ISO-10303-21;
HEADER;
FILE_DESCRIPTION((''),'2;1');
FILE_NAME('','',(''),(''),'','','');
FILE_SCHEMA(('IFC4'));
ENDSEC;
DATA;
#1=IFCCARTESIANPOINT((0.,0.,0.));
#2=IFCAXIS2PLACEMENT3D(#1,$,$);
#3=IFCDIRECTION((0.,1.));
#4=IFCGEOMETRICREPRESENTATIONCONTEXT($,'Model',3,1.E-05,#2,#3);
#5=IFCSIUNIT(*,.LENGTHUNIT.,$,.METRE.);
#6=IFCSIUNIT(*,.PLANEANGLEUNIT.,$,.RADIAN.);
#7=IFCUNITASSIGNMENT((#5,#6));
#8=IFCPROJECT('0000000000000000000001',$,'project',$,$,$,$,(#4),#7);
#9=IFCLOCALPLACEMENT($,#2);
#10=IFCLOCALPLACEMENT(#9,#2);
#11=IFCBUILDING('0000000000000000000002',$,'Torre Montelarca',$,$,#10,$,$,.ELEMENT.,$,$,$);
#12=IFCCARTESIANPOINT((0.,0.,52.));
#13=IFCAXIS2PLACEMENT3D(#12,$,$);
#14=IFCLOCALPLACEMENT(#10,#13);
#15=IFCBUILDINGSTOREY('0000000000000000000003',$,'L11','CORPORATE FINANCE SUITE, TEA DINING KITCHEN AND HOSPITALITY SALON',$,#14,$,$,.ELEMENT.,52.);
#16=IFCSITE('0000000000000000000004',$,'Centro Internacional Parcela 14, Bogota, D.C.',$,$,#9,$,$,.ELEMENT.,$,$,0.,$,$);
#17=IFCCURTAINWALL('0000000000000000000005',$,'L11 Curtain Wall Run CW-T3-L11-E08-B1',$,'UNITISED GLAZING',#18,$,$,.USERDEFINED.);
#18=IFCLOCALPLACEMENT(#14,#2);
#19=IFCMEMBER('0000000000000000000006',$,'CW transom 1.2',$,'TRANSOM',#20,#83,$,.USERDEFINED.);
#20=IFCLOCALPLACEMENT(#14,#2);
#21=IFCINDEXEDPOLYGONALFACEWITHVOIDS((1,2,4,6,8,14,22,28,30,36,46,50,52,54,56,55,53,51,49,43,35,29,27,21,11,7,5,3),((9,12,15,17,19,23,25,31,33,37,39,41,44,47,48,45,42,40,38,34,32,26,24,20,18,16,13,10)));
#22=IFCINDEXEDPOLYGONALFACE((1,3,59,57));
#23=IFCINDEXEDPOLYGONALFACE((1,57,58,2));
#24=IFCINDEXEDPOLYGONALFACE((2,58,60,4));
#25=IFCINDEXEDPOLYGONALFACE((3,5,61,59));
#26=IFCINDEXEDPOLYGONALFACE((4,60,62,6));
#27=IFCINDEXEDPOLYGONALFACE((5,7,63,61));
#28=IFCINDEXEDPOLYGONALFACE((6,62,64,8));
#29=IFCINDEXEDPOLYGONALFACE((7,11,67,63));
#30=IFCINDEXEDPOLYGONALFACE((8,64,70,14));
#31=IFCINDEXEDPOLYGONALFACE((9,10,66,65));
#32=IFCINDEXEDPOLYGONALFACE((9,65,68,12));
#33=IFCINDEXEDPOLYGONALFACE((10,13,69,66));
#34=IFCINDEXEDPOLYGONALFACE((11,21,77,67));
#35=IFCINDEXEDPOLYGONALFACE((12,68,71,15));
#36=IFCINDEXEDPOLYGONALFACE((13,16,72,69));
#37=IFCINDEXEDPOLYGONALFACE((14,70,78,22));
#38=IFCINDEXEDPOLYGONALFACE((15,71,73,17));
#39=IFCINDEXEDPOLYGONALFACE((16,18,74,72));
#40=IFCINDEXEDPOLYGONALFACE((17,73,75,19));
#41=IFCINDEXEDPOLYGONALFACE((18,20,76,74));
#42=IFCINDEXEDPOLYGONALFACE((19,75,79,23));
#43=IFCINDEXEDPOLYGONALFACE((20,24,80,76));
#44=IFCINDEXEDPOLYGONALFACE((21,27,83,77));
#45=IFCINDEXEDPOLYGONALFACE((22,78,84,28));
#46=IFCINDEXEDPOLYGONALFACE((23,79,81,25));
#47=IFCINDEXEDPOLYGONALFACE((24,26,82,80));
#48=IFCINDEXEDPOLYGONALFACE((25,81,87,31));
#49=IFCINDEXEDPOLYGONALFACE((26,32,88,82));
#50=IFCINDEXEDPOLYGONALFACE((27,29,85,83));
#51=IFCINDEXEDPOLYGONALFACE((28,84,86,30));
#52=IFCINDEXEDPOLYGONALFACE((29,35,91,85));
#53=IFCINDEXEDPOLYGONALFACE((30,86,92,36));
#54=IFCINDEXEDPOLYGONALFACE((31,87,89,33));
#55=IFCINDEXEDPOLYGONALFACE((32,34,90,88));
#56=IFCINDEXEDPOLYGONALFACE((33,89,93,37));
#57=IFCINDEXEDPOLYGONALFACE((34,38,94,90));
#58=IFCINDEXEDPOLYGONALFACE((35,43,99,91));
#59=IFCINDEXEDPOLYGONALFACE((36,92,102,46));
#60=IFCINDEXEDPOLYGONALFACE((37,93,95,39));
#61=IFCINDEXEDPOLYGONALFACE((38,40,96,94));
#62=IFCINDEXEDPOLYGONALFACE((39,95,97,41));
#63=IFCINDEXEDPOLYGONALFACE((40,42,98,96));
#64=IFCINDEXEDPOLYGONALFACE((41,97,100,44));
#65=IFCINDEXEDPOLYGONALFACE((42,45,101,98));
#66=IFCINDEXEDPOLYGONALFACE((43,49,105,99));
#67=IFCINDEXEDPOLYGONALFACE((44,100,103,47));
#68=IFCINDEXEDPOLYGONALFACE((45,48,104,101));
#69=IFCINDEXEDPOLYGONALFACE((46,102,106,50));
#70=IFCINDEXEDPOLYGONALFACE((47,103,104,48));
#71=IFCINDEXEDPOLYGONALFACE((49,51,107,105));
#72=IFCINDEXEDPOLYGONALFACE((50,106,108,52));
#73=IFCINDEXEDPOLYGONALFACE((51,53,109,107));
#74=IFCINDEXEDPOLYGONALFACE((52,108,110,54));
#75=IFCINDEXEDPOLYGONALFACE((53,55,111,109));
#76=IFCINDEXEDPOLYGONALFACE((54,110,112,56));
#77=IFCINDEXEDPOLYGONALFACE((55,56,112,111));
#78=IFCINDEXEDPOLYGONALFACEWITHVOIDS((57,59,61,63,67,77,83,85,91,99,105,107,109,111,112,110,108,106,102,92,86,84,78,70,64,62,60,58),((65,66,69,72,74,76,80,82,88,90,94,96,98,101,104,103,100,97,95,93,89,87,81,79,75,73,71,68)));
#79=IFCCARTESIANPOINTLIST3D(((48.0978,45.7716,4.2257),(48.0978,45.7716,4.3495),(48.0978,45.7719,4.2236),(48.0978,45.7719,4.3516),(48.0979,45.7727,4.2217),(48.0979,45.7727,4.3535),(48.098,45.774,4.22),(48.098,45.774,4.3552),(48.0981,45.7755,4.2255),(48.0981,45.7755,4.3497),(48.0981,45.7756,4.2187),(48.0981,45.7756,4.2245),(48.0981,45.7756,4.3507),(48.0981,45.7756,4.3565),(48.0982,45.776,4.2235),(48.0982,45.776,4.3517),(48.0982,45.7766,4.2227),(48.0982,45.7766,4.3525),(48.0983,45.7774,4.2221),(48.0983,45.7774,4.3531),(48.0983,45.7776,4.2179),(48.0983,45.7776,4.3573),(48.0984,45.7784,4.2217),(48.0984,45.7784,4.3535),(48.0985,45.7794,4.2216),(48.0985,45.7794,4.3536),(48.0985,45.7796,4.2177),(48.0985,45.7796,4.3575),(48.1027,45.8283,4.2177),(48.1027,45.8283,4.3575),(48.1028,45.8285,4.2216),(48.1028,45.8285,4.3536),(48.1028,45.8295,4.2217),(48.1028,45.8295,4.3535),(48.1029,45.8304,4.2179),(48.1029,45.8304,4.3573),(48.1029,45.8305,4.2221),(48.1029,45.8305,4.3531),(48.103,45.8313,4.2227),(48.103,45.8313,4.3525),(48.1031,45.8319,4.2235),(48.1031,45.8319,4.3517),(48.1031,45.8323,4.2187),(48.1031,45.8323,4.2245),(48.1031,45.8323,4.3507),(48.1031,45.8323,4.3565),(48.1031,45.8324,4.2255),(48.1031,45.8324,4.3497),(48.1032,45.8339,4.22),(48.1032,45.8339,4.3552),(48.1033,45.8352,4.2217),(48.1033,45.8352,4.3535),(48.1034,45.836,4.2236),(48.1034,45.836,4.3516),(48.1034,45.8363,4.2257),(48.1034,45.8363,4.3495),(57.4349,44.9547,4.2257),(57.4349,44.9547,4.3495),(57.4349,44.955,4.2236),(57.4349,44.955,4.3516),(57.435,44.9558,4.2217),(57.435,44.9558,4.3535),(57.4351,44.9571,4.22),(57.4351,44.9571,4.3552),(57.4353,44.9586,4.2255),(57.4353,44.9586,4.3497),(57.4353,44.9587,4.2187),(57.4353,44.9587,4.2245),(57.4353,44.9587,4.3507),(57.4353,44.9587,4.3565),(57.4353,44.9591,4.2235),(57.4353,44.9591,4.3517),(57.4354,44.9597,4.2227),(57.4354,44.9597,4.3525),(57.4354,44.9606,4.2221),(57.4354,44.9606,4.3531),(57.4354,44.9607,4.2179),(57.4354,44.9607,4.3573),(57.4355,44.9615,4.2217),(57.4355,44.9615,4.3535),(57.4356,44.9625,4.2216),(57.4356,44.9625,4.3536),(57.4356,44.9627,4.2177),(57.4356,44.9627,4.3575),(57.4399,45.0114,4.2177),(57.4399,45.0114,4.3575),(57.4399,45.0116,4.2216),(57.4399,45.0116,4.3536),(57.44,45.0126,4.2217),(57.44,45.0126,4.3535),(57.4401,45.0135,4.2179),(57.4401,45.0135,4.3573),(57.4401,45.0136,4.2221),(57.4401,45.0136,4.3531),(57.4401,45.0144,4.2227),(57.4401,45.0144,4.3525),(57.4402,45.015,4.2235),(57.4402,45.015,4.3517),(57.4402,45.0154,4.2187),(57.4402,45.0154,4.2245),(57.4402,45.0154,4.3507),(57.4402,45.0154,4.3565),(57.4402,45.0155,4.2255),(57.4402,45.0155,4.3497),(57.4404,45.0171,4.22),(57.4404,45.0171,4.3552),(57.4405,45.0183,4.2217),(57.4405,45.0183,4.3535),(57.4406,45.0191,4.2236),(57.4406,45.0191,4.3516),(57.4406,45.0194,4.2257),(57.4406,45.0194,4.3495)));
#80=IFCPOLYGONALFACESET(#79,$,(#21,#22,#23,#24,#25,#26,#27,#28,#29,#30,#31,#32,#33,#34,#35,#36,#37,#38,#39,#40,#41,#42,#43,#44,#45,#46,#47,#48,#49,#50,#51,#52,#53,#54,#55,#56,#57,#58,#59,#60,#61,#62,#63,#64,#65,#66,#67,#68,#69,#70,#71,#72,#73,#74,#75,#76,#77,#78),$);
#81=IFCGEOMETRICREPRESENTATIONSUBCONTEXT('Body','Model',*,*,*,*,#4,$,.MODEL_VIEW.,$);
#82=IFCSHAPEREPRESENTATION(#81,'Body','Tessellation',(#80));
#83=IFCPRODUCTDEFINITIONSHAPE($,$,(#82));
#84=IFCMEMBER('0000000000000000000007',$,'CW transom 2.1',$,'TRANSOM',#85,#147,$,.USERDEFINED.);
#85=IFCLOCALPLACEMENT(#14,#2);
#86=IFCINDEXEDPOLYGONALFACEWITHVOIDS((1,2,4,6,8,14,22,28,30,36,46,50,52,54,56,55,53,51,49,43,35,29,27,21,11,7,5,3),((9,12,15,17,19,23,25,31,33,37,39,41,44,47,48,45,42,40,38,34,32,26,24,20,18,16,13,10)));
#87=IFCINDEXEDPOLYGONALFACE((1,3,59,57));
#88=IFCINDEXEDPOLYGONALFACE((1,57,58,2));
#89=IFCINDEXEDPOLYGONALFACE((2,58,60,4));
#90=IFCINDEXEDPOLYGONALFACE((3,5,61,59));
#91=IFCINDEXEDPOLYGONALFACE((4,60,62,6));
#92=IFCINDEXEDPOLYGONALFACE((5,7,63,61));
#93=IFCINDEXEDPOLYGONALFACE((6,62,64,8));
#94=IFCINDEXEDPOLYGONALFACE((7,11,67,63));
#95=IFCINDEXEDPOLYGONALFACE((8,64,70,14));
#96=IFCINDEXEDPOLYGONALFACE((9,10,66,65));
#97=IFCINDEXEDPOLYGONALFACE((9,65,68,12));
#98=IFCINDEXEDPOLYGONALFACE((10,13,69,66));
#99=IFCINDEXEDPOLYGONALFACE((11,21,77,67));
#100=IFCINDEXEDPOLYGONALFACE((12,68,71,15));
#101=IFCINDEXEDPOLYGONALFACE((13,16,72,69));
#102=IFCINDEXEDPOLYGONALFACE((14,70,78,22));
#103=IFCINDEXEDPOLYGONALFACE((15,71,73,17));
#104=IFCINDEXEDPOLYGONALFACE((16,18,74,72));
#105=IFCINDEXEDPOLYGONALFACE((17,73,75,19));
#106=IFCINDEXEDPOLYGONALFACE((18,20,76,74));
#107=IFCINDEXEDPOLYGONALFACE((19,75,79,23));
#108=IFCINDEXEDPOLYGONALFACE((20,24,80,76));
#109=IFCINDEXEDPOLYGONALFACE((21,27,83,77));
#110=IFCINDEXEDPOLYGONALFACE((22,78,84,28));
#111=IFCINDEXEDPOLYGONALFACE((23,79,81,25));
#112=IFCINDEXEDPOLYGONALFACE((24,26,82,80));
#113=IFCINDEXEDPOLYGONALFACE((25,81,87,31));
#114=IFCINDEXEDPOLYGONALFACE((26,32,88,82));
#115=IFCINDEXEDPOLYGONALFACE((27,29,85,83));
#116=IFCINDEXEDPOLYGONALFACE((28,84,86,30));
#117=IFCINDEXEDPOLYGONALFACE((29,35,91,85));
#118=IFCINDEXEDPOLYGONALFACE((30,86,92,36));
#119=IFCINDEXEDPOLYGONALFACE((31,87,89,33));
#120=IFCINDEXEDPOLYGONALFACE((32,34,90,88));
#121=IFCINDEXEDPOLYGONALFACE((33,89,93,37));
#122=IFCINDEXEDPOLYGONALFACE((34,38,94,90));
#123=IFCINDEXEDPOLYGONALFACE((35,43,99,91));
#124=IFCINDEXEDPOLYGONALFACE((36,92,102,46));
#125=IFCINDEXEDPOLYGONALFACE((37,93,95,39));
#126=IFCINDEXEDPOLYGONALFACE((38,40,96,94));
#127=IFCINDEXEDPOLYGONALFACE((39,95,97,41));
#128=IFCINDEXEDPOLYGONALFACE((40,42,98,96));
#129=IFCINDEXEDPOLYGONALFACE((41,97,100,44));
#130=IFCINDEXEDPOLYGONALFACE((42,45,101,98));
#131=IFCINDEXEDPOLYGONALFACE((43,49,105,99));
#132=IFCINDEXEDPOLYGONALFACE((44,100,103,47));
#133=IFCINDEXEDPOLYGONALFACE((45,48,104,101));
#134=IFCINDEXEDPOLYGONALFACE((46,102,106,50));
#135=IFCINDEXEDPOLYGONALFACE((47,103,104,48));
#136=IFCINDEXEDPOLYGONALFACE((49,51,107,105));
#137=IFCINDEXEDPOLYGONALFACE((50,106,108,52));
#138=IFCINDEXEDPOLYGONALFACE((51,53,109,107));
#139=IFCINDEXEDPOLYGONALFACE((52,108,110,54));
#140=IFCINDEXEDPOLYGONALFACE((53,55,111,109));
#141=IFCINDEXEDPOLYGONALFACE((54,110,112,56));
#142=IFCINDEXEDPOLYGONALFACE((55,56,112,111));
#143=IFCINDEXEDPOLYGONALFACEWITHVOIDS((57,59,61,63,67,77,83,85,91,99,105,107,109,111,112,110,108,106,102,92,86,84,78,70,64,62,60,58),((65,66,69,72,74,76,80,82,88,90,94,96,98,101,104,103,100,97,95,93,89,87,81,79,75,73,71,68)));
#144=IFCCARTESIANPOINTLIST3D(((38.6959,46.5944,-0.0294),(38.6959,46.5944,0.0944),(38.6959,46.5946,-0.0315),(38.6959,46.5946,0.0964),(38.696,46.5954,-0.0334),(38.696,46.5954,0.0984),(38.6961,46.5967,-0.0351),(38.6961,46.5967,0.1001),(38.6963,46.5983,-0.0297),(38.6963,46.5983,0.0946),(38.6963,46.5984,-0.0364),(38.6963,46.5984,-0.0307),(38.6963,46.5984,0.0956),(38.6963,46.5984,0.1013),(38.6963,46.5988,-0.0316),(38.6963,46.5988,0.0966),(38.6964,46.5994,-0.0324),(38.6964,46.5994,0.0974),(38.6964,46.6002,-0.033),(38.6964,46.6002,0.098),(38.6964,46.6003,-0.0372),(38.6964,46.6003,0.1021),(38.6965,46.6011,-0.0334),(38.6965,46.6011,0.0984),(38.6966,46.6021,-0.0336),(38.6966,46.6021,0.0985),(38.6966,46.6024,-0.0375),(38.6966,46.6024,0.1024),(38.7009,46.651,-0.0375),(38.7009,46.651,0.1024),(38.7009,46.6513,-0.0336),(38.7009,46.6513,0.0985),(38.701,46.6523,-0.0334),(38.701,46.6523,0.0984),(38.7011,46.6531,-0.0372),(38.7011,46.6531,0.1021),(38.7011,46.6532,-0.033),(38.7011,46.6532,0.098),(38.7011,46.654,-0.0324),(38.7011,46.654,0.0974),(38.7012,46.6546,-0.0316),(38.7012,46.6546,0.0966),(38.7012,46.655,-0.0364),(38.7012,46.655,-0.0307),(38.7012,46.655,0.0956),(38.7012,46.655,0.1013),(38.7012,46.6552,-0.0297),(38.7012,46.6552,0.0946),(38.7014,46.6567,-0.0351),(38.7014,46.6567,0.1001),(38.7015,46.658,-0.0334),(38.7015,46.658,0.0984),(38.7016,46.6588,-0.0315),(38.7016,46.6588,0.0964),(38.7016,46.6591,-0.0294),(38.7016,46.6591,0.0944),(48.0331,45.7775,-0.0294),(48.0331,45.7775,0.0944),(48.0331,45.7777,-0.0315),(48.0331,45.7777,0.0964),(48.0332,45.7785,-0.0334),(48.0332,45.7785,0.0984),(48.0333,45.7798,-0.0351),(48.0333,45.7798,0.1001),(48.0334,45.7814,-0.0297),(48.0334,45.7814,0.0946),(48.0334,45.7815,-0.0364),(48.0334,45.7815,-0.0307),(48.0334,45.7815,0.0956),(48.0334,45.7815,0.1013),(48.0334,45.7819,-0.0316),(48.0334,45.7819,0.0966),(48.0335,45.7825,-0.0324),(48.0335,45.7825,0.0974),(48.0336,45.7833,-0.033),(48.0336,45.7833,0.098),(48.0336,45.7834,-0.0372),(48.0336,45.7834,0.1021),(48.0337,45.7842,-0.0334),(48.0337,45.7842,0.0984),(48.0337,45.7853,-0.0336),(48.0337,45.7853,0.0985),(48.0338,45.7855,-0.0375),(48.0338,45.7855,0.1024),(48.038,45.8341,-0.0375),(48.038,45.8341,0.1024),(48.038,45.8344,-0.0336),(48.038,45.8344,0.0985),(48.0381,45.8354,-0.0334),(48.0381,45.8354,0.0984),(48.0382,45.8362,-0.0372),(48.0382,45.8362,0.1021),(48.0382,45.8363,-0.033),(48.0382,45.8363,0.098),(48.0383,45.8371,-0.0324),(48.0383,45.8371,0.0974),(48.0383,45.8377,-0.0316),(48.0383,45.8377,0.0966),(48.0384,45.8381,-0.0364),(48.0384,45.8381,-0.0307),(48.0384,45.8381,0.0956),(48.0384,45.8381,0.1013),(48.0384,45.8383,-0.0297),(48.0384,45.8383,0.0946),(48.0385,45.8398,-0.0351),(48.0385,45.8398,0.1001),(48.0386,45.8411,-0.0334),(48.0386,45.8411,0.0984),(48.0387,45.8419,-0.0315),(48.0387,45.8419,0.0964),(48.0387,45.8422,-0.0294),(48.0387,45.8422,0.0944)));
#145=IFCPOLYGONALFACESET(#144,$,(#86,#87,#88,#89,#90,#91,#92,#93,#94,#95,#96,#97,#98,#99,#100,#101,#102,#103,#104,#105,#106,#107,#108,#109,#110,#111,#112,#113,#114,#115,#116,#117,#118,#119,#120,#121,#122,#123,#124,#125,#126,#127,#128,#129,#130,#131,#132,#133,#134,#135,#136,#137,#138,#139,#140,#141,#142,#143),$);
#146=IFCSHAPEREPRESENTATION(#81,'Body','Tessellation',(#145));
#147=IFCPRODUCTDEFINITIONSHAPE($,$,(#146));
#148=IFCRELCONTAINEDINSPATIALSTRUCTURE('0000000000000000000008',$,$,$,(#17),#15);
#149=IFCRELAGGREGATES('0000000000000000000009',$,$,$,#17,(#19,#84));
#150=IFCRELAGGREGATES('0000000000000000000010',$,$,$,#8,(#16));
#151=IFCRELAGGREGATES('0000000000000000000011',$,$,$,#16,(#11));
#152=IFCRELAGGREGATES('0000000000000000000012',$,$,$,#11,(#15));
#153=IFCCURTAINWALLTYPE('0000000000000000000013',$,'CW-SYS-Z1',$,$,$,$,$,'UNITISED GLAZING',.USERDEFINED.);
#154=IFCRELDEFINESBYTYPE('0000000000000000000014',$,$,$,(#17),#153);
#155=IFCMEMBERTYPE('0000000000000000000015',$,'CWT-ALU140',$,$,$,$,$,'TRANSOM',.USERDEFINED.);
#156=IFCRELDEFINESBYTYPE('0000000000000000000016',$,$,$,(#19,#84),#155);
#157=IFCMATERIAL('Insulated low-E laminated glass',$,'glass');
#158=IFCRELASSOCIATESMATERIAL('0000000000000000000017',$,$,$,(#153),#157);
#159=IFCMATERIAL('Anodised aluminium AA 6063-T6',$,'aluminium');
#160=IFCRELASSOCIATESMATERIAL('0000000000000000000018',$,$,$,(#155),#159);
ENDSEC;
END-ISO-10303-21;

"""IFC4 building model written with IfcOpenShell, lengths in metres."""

from ifc_helpers import new_model, si_unit, direction, frame, origin, origin_2d, place, context, subcontext, project, spatial, hollow_rectangle, extrude, source, transform, mapped, material, material_profile, profile_set, type_object, element, aggregate, save


model = new_model("IFC4")

# Units and contexts
model_context = context("Model", 3, precision=1e-05, world=origin(), true_north=direction((0.0, 1.0)))
body_context = subcontext(model_context, "Body", "Model", "MODEL_VIEW")
ifc_project = project(units=[si_unit("LENGTHUNIT", "METRE"), si_unit("PLANEANGLEUNIT", "RADIAN")], contexts=[model_context])

# Site, building, storey
site_placement = place(None, origin())
site = spatial("IfcSite", under=ifc_project, at=site_placement, Name="Centro Internacional Parcela 14, Bogota, D.C.", CompositionType="ELEMENT", RefElevation=0.0)
building_placement = place(site_placement, origin())
building = spatial("IfcBuilding", under=site, at=building_placement, Name="Torre Montelarca", CompositionType="ELEMENT")
storey_placement = place(building_placement, frame((0.0, 0.0, 52.0)))
storey = spatial("IfcBuildingStorey", under=building, at=storey_placement, Name="L11", Description="CORPORATE FINANCE SUITE, TEA DINING KITCHEN AND HOSPITALITY SALON", CompositionType="ELEMENT", Elevation=52.0)

# Curtain wall
ifc_material_1 = material(Name="Insulated low-E laminated glass", Category="glass")
curtain_wall_type = type_object("IfcCurtainWallType", Name="CW-SYS-Z1", ElementType="UNITISED GLAZING", PredefinedType="USERDEFINED", material=ifc_material_1)
ifc_material_2 = material(Name="Anodised aluminium AA 6063-T6", Category="aluminium")
curtain_wall_1_placement = place(storey_placement, origin())
curtain_wall_1 = element("IfcCurtainWall", 1, at=curtain_wall_1_placement, inside=storey, type_object=curtain_wall_type, Name="L11 Curtain Wall Run CW-T3-L11-E08-B1", ObjectType="UNITISED GLAZING", PredefinedType="USERDEFINED")

# Members
ifc_material_profile_1 = material_profile(ifc_material_2, hollow_rectangle(XDim=0.0649, YDim=0.1399, WallThickness=0.0039, InnerFilletRadius=0.0039, OuterFilletRadius=0.0081, at=origin_2d()), Name="ALU65X140X4", Category="aluminium")
ifc_profile_set_1 = profile_set([ifc_material_profile_1], Name="Anodised aluminium AA 6063-T6")
member_type_1 = type_object("IfcMemberType", Name="CWT-ALU140", ElementType="TRANSOM", PredefinedType="USERDEFINED", material=ifc_profile_set_1)
shared_shape_1 = source(origin(), body_context, "Body", "SweptSolid", [
    extrude(hollow_rectangle(XDim=0.0649, YDim=0.1399, WallThickness=0.0039, InnerFilletRadius=0.0039, OuterFilletRadius=0.0081, at=origin_2d()), origin(), (0.0, 0.0, 1.0), 9.3728),
])
member_1_placement = place(storey_placement, frame((57.4377, 44.9871, 4.2876), z_axis=(-0.996195, 0.087156, 0.0), x_axis=(-0.087156, -0.996195, 0.0)))
member_1 = element("IfcMember", 2, at=member_1_placement, type_object=member_type_1, Name="CW transom 1.2", ObjectType="TRANSOM", PredefinedType="USERDEFINED", context=body_context, shape_type="MappedRepresentation", body=[
    mapped(shared_shape_1, transform((0.0, 0.0, 0.0), scale=1.0)),
])
member_2_placement = place(storey_placement, frame((48.0359, 45.8098, 0.0325), z_axis=(-0.996195, 0.087156, 0.0), x_axis=(-0.087156, -0.996195, 0.0)))
member_2 = element("IfcMember", 3, at=member_2_placement, type_object=member_type_1, Name="CW transom 2.1", ObjectType="TRANSOM", PredefinedType="USERDEFINED", context=body_context, shape_type="MappedRepresentation", body=[
    mapped(shared_shape_1, transform((0.0, 0.0, 0.0), scale=1.0)),
])

aggregate(curtain_wall_1, [member_1, member_2])

save(model, "model.ifc")
